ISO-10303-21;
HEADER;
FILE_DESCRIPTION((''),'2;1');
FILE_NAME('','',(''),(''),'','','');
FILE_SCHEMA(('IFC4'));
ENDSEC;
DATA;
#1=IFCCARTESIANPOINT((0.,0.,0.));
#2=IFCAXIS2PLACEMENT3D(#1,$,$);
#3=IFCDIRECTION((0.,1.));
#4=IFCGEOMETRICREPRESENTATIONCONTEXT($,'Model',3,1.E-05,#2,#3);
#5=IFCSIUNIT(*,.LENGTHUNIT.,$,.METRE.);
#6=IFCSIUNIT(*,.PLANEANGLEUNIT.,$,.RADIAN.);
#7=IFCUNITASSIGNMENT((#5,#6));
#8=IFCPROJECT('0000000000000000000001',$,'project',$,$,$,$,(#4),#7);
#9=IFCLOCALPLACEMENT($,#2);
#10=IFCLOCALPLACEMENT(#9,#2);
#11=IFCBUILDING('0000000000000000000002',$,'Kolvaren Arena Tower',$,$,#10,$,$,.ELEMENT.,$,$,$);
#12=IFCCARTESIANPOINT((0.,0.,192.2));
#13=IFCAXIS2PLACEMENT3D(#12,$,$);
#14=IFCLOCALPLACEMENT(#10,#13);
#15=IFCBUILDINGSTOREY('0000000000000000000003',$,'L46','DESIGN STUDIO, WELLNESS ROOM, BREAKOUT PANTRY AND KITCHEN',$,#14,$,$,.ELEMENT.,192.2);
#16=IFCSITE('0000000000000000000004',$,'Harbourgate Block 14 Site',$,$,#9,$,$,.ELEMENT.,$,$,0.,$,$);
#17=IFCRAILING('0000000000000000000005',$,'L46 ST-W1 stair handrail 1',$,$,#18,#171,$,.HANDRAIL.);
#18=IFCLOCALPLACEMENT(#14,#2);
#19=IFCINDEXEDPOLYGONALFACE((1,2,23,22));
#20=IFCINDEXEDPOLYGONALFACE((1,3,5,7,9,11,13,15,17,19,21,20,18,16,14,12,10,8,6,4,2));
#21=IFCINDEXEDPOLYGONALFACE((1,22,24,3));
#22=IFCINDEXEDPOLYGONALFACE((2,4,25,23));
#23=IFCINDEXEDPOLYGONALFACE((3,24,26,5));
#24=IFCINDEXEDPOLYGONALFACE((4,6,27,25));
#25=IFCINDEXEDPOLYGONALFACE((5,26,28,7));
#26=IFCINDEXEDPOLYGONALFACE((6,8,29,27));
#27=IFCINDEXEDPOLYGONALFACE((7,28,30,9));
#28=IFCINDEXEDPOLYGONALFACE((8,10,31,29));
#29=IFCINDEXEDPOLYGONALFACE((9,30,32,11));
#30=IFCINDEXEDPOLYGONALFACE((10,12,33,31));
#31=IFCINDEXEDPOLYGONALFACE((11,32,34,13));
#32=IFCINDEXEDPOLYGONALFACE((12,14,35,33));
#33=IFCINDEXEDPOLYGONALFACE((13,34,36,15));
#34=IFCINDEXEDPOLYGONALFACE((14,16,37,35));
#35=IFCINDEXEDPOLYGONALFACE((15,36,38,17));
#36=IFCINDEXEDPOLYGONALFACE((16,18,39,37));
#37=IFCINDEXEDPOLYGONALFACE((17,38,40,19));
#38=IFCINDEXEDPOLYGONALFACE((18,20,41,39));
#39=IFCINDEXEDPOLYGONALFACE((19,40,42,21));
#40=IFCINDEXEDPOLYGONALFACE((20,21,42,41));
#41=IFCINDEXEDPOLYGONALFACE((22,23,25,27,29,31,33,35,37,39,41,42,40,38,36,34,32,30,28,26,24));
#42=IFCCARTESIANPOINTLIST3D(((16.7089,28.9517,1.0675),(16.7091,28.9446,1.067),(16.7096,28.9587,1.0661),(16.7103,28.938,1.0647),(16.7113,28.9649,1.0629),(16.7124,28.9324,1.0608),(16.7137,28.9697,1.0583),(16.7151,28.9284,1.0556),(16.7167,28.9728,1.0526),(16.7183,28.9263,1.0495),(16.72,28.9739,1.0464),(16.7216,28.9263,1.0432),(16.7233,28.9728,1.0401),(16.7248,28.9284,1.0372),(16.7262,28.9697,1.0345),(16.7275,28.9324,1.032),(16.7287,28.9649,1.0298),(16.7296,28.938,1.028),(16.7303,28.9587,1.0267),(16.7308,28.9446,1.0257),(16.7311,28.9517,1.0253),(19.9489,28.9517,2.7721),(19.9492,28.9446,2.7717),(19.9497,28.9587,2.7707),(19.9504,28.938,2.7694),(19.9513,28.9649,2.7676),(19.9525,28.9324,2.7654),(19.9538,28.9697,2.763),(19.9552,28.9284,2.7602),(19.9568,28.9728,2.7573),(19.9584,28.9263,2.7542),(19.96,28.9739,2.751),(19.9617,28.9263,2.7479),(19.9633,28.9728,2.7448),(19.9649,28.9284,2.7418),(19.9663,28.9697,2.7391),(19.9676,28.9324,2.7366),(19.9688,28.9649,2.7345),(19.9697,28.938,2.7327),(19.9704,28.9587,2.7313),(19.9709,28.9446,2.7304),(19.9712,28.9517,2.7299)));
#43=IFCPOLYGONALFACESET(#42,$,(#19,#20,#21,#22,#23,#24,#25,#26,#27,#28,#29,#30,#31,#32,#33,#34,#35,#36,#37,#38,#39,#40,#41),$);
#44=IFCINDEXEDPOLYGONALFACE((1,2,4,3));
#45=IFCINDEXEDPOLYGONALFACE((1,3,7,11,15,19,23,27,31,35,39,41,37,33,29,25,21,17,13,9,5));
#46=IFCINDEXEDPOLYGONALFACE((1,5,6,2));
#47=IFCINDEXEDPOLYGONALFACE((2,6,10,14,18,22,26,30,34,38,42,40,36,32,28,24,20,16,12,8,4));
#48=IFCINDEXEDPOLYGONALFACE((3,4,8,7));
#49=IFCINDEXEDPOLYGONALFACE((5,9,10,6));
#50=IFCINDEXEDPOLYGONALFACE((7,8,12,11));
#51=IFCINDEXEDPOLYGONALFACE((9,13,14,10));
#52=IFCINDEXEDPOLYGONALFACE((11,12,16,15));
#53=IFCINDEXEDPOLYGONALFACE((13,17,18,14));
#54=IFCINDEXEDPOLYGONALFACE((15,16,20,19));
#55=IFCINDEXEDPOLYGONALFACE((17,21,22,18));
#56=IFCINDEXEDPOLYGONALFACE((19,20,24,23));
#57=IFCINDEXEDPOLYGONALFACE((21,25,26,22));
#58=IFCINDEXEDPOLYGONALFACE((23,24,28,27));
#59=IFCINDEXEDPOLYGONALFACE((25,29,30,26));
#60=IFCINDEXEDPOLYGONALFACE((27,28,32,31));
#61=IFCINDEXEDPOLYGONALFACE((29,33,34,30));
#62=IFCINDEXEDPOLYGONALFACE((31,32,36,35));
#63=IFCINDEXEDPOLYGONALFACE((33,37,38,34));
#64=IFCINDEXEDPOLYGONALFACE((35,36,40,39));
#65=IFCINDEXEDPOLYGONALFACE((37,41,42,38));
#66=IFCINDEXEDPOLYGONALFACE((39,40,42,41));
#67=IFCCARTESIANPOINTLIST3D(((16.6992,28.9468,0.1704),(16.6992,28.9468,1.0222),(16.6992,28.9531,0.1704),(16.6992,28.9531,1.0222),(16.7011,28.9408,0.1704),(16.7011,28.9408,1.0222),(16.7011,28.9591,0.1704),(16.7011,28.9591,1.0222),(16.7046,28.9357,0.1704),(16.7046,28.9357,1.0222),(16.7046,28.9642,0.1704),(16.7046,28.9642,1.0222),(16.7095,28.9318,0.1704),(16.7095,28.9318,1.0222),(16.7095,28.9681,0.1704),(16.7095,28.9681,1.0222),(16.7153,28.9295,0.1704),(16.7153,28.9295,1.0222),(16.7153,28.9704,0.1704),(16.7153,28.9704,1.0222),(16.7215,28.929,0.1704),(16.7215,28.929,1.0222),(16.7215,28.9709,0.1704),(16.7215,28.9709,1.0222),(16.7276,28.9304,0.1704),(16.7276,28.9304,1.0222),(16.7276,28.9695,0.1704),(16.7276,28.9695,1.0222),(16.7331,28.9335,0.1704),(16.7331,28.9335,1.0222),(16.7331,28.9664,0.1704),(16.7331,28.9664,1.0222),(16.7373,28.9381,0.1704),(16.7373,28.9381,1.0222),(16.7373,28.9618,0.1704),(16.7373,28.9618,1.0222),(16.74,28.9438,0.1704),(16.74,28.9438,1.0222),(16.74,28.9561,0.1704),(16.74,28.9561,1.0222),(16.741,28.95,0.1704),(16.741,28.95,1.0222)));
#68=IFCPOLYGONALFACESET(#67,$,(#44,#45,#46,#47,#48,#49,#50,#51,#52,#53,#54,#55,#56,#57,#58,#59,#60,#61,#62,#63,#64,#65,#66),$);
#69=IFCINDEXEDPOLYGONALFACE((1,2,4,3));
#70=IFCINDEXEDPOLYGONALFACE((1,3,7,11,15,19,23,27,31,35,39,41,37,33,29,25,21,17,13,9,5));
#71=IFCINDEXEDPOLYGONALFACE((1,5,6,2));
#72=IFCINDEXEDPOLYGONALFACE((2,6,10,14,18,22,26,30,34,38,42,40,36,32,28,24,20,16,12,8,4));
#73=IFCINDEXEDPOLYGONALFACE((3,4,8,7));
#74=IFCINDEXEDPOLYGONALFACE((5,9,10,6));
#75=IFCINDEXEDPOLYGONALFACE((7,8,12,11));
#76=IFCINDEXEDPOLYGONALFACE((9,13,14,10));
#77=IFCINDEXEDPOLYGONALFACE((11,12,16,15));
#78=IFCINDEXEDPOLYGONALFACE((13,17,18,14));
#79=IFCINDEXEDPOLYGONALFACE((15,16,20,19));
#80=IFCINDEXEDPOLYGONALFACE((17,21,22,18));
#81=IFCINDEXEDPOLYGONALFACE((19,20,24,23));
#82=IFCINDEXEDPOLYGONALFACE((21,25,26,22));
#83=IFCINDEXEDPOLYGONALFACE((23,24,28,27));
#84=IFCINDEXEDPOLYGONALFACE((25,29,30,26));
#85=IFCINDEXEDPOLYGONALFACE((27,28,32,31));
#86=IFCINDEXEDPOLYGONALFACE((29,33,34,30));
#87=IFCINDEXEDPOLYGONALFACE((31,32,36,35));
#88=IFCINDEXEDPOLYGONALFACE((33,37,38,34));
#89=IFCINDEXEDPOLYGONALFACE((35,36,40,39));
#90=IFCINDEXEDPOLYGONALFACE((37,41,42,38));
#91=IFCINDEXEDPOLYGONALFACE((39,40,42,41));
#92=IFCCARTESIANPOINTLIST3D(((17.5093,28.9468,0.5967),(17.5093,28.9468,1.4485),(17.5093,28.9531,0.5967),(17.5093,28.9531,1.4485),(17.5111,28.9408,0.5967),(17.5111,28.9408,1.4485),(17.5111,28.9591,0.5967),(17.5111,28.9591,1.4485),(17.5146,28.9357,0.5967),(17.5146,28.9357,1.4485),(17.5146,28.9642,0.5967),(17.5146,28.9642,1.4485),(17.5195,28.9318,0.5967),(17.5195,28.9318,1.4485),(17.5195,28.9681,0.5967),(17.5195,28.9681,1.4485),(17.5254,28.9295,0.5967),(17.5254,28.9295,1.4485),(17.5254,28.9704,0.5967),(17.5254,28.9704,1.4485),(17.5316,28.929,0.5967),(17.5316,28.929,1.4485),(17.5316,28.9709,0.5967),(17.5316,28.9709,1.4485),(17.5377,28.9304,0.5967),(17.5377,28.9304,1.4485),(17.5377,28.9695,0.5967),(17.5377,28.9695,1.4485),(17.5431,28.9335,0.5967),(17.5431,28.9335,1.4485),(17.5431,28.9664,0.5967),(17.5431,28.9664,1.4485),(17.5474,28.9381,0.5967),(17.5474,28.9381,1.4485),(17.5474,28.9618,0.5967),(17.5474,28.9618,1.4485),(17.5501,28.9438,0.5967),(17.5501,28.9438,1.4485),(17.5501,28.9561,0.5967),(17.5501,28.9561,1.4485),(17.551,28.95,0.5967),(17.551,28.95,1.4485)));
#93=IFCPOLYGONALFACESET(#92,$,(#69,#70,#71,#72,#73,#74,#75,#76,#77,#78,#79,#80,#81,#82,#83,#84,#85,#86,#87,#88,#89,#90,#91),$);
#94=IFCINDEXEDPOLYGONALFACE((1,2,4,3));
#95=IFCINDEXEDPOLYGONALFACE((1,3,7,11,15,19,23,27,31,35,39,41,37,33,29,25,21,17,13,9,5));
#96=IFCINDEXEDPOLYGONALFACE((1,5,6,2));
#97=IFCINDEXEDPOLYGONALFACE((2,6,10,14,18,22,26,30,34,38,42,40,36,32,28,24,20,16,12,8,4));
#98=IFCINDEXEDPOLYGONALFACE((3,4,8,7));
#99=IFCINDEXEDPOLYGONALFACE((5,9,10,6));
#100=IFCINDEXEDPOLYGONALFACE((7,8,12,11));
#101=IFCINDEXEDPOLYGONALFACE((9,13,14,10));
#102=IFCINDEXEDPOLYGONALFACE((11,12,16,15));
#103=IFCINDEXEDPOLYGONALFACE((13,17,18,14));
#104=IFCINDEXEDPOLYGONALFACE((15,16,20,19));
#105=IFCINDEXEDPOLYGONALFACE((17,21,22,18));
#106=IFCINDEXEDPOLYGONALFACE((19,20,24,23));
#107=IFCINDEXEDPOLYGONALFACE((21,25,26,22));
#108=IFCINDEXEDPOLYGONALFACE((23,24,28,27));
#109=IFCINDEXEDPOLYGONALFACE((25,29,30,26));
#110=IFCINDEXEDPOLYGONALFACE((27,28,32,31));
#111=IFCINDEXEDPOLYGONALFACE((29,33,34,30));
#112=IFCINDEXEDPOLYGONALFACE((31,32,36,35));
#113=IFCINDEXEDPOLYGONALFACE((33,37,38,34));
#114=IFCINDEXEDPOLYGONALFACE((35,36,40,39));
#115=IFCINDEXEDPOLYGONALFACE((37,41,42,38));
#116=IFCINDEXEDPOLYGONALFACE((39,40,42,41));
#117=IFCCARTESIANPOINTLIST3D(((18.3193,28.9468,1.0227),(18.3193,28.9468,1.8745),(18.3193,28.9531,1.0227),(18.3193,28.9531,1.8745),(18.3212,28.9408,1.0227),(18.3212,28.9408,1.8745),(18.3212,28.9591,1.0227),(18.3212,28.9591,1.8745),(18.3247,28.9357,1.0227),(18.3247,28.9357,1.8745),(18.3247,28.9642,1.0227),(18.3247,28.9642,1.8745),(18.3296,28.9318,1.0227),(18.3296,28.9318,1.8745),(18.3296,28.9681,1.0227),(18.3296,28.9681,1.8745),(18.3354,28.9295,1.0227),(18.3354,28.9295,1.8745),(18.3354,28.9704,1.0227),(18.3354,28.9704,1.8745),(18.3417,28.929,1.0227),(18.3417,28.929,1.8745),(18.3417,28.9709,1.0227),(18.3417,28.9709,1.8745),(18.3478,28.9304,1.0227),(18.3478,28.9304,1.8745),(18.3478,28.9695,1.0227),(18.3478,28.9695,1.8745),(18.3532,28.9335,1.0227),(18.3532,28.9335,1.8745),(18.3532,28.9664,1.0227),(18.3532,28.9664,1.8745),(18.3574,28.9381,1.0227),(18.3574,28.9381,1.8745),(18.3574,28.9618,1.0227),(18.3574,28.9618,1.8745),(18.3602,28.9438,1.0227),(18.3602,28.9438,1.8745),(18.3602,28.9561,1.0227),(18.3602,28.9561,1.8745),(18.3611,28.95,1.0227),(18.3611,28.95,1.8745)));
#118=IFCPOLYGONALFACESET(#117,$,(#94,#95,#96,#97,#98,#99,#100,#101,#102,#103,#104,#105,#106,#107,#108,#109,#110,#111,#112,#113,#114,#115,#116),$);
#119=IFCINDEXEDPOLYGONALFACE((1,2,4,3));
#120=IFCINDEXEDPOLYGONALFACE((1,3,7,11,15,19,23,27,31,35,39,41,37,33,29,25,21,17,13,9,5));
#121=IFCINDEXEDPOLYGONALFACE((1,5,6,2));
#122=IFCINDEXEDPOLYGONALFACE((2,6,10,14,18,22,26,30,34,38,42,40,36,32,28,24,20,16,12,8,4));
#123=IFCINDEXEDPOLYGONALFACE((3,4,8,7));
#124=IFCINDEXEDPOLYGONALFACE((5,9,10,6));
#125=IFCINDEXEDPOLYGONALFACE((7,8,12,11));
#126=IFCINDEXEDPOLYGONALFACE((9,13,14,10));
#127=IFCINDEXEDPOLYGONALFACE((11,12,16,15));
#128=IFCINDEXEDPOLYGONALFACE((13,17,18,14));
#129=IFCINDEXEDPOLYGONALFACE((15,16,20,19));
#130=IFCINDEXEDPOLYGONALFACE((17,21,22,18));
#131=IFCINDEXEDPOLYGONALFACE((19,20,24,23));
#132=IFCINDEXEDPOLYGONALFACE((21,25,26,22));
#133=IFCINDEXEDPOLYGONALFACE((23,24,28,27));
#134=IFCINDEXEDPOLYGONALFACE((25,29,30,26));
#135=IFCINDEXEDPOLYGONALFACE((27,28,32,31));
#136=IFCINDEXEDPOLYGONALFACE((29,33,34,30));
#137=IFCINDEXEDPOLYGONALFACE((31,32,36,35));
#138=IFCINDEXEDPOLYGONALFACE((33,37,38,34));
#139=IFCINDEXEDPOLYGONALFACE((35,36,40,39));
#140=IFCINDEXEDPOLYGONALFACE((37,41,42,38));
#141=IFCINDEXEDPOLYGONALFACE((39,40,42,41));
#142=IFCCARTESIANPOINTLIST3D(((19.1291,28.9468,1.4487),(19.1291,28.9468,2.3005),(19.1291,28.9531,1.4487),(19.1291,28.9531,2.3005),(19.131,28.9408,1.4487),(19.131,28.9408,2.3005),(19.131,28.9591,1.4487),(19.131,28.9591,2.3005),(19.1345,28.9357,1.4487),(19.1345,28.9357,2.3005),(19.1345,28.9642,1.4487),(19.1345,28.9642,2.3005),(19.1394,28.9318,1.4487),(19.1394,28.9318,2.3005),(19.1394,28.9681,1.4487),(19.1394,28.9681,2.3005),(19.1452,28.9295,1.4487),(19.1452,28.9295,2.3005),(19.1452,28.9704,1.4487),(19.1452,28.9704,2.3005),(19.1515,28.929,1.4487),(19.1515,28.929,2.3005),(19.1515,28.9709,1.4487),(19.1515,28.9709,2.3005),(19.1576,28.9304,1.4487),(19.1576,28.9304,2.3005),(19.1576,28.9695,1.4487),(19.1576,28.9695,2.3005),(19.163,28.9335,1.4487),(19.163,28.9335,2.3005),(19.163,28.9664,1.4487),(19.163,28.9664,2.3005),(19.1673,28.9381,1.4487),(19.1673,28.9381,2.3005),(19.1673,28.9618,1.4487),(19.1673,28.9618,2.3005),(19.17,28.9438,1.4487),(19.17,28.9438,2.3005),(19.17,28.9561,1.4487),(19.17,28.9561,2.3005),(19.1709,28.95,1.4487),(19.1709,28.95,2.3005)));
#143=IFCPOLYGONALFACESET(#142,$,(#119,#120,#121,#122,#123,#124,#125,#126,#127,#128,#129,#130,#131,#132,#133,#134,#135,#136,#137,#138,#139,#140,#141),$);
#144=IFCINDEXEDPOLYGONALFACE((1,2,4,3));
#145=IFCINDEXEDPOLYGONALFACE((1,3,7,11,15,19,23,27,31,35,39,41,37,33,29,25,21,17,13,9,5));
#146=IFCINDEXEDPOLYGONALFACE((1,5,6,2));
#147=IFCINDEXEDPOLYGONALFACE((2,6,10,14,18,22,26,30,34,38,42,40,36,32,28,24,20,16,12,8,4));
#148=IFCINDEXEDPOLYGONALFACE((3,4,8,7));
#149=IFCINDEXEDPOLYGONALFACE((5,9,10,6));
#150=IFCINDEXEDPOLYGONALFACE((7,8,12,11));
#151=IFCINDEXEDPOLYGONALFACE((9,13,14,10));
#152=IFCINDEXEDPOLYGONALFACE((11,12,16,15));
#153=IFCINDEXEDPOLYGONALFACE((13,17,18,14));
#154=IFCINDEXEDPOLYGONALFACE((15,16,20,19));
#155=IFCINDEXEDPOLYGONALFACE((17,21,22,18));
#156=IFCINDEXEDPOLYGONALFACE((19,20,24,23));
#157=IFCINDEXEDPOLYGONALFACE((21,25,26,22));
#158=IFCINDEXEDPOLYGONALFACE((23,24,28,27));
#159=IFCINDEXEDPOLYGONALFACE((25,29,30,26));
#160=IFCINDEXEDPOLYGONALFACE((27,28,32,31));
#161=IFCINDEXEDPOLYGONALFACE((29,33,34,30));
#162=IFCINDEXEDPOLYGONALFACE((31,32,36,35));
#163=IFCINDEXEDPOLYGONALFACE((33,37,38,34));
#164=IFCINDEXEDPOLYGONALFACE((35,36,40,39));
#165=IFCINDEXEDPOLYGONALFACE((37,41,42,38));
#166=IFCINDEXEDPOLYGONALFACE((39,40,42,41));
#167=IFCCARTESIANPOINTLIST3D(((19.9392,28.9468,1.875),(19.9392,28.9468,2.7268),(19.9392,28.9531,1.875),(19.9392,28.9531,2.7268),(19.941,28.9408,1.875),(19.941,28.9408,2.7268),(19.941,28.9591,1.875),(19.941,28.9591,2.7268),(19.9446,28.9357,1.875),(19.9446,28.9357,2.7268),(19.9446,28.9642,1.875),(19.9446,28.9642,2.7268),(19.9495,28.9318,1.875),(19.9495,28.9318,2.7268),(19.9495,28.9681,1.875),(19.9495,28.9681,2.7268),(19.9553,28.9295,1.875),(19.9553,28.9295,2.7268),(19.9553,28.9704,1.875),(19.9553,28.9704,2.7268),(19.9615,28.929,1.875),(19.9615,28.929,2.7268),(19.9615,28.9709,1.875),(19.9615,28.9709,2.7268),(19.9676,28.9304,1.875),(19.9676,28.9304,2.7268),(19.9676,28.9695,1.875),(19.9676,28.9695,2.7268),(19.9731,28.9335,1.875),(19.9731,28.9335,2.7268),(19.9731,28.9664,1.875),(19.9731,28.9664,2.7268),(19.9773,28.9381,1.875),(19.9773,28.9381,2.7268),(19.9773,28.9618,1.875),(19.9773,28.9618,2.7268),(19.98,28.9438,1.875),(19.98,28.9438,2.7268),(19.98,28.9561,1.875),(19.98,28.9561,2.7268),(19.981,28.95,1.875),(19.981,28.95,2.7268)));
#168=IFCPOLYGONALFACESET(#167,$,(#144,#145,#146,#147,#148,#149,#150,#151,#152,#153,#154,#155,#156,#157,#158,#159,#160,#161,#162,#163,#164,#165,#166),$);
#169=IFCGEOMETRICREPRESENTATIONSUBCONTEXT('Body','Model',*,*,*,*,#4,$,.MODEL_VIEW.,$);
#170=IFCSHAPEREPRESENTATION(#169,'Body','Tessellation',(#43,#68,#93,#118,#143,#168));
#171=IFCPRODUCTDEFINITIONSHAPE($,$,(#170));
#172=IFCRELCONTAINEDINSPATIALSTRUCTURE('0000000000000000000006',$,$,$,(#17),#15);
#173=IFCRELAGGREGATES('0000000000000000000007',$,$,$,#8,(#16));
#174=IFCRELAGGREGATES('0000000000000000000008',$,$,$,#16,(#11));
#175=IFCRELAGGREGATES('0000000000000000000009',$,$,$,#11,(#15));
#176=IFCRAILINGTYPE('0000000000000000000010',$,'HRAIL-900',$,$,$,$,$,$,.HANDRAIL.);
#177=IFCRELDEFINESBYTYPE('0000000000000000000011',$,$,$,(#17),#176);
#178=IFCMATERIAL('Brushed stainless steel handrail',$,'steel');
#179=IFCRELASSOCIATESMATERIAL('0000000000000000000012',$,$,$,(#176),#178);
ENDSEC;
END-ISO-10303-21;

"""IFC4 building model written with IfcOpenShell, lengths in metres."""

from ifc_helpers import new_model, si_unit, direction, frame, origin, origin_2d, place, context, subcontext, project, spatial, circle, extrude, material, type_object, element, save


model = new_model("IFC4")

# Units and contexts
model_context = context("Model", 3, precision=1e-05, world=origin(), true_north=direction((0.0, 1.0)))
body_context = subcontext(model_context, "Body", "Model", "MODEL_VIEW")
ifc_project = project(units=[si_unit("LENGTHUNIT", "METRE"), si_unit("PLANEANGLEUNIT", "RADIAN")], contexts=[model_context])

# Site, building, storey
site_placement = place(None, origin())
site = spatial("IfcSite", under=ifc_project, at=site_placement, Name="Harbourgate Block 14 Site", CompositionType="ELEMENT", RefElevation=0.0)
building_placement = place(site_placement, origin())
building = spatial("IfcBuilding", under=site, at=building_placement, Name="Kolvaren Arena Tower", CompositionType="ELEMENT")
storey_placement = place(building_placement, frame((0.0, 0.0, 192.2)))
storey = spatial("IfcBuildingStorey", under=building, at=storey_placement, Name="L46", Description="DESIGN STUDIO, WELLNESS ROOM, BREAKOUT PANTRY AND KITCHEN", CompositionType="ELEMENT", Elevation=192.2)

# Railing
ifc_material_1 = material(Name="Brushed stainless steel handrail", Category="steel")
railing_type_1 = type_object("IfcRailingType", Name="HRAIL-900", PredefinedType="HANDRAIL", material=ifc_material_1)
railing_1_placement = place(storey_placement, frame((16.72, 28.95, 0.1704)))
element("IfcRailing", 1, at=railing_1_placement, inside=storey, type_object=railing_type_1, Name="L46 ST-W1 stair handrail 1", PredefinedType="HANDRAIL", context=body_context, shape_type="SweptSolid", body=[
    extrude(circle(Radius=0.0239, at=origin_2d()), frame((0.0, 0.0, 0.876), z_axis=(0.884993, 0.0, 0.465604), x_axis=(0.0, 1.0, 0.0)), (0.0, 0.0, 1.0), 3.6611),
    extrude(circle(Radius=0.021, at=origin_2d()), origin(), (0.0, 0.0, 1.0), 0.8518),
    extrude(circle(Radius=0.021, at=origin_2d()), frame((0.8101, 0.0, 0.4263)), (0.0, 0.0, 1.0), 0.8518),
    extrude(circle(Radius=0.021, at=origin_2d()), frame((1.6201, 0.0, 0.8523)), (0.0, 0.0, 1.0), 0.8518),
    extrude(circle(Radius=0.021, at=origin_2d()), frame((2.4299, 0.0, 1.2783)), (0.0, 0.0, 1.0), 0.8518),
    extrude(circle(Radius=0.021, at=origin_2d()), frame((3.24, 0.0, 1.7046)), (0.0, 0.0, 1.0), 0.8518),
])

save(model, "model.ifc")
